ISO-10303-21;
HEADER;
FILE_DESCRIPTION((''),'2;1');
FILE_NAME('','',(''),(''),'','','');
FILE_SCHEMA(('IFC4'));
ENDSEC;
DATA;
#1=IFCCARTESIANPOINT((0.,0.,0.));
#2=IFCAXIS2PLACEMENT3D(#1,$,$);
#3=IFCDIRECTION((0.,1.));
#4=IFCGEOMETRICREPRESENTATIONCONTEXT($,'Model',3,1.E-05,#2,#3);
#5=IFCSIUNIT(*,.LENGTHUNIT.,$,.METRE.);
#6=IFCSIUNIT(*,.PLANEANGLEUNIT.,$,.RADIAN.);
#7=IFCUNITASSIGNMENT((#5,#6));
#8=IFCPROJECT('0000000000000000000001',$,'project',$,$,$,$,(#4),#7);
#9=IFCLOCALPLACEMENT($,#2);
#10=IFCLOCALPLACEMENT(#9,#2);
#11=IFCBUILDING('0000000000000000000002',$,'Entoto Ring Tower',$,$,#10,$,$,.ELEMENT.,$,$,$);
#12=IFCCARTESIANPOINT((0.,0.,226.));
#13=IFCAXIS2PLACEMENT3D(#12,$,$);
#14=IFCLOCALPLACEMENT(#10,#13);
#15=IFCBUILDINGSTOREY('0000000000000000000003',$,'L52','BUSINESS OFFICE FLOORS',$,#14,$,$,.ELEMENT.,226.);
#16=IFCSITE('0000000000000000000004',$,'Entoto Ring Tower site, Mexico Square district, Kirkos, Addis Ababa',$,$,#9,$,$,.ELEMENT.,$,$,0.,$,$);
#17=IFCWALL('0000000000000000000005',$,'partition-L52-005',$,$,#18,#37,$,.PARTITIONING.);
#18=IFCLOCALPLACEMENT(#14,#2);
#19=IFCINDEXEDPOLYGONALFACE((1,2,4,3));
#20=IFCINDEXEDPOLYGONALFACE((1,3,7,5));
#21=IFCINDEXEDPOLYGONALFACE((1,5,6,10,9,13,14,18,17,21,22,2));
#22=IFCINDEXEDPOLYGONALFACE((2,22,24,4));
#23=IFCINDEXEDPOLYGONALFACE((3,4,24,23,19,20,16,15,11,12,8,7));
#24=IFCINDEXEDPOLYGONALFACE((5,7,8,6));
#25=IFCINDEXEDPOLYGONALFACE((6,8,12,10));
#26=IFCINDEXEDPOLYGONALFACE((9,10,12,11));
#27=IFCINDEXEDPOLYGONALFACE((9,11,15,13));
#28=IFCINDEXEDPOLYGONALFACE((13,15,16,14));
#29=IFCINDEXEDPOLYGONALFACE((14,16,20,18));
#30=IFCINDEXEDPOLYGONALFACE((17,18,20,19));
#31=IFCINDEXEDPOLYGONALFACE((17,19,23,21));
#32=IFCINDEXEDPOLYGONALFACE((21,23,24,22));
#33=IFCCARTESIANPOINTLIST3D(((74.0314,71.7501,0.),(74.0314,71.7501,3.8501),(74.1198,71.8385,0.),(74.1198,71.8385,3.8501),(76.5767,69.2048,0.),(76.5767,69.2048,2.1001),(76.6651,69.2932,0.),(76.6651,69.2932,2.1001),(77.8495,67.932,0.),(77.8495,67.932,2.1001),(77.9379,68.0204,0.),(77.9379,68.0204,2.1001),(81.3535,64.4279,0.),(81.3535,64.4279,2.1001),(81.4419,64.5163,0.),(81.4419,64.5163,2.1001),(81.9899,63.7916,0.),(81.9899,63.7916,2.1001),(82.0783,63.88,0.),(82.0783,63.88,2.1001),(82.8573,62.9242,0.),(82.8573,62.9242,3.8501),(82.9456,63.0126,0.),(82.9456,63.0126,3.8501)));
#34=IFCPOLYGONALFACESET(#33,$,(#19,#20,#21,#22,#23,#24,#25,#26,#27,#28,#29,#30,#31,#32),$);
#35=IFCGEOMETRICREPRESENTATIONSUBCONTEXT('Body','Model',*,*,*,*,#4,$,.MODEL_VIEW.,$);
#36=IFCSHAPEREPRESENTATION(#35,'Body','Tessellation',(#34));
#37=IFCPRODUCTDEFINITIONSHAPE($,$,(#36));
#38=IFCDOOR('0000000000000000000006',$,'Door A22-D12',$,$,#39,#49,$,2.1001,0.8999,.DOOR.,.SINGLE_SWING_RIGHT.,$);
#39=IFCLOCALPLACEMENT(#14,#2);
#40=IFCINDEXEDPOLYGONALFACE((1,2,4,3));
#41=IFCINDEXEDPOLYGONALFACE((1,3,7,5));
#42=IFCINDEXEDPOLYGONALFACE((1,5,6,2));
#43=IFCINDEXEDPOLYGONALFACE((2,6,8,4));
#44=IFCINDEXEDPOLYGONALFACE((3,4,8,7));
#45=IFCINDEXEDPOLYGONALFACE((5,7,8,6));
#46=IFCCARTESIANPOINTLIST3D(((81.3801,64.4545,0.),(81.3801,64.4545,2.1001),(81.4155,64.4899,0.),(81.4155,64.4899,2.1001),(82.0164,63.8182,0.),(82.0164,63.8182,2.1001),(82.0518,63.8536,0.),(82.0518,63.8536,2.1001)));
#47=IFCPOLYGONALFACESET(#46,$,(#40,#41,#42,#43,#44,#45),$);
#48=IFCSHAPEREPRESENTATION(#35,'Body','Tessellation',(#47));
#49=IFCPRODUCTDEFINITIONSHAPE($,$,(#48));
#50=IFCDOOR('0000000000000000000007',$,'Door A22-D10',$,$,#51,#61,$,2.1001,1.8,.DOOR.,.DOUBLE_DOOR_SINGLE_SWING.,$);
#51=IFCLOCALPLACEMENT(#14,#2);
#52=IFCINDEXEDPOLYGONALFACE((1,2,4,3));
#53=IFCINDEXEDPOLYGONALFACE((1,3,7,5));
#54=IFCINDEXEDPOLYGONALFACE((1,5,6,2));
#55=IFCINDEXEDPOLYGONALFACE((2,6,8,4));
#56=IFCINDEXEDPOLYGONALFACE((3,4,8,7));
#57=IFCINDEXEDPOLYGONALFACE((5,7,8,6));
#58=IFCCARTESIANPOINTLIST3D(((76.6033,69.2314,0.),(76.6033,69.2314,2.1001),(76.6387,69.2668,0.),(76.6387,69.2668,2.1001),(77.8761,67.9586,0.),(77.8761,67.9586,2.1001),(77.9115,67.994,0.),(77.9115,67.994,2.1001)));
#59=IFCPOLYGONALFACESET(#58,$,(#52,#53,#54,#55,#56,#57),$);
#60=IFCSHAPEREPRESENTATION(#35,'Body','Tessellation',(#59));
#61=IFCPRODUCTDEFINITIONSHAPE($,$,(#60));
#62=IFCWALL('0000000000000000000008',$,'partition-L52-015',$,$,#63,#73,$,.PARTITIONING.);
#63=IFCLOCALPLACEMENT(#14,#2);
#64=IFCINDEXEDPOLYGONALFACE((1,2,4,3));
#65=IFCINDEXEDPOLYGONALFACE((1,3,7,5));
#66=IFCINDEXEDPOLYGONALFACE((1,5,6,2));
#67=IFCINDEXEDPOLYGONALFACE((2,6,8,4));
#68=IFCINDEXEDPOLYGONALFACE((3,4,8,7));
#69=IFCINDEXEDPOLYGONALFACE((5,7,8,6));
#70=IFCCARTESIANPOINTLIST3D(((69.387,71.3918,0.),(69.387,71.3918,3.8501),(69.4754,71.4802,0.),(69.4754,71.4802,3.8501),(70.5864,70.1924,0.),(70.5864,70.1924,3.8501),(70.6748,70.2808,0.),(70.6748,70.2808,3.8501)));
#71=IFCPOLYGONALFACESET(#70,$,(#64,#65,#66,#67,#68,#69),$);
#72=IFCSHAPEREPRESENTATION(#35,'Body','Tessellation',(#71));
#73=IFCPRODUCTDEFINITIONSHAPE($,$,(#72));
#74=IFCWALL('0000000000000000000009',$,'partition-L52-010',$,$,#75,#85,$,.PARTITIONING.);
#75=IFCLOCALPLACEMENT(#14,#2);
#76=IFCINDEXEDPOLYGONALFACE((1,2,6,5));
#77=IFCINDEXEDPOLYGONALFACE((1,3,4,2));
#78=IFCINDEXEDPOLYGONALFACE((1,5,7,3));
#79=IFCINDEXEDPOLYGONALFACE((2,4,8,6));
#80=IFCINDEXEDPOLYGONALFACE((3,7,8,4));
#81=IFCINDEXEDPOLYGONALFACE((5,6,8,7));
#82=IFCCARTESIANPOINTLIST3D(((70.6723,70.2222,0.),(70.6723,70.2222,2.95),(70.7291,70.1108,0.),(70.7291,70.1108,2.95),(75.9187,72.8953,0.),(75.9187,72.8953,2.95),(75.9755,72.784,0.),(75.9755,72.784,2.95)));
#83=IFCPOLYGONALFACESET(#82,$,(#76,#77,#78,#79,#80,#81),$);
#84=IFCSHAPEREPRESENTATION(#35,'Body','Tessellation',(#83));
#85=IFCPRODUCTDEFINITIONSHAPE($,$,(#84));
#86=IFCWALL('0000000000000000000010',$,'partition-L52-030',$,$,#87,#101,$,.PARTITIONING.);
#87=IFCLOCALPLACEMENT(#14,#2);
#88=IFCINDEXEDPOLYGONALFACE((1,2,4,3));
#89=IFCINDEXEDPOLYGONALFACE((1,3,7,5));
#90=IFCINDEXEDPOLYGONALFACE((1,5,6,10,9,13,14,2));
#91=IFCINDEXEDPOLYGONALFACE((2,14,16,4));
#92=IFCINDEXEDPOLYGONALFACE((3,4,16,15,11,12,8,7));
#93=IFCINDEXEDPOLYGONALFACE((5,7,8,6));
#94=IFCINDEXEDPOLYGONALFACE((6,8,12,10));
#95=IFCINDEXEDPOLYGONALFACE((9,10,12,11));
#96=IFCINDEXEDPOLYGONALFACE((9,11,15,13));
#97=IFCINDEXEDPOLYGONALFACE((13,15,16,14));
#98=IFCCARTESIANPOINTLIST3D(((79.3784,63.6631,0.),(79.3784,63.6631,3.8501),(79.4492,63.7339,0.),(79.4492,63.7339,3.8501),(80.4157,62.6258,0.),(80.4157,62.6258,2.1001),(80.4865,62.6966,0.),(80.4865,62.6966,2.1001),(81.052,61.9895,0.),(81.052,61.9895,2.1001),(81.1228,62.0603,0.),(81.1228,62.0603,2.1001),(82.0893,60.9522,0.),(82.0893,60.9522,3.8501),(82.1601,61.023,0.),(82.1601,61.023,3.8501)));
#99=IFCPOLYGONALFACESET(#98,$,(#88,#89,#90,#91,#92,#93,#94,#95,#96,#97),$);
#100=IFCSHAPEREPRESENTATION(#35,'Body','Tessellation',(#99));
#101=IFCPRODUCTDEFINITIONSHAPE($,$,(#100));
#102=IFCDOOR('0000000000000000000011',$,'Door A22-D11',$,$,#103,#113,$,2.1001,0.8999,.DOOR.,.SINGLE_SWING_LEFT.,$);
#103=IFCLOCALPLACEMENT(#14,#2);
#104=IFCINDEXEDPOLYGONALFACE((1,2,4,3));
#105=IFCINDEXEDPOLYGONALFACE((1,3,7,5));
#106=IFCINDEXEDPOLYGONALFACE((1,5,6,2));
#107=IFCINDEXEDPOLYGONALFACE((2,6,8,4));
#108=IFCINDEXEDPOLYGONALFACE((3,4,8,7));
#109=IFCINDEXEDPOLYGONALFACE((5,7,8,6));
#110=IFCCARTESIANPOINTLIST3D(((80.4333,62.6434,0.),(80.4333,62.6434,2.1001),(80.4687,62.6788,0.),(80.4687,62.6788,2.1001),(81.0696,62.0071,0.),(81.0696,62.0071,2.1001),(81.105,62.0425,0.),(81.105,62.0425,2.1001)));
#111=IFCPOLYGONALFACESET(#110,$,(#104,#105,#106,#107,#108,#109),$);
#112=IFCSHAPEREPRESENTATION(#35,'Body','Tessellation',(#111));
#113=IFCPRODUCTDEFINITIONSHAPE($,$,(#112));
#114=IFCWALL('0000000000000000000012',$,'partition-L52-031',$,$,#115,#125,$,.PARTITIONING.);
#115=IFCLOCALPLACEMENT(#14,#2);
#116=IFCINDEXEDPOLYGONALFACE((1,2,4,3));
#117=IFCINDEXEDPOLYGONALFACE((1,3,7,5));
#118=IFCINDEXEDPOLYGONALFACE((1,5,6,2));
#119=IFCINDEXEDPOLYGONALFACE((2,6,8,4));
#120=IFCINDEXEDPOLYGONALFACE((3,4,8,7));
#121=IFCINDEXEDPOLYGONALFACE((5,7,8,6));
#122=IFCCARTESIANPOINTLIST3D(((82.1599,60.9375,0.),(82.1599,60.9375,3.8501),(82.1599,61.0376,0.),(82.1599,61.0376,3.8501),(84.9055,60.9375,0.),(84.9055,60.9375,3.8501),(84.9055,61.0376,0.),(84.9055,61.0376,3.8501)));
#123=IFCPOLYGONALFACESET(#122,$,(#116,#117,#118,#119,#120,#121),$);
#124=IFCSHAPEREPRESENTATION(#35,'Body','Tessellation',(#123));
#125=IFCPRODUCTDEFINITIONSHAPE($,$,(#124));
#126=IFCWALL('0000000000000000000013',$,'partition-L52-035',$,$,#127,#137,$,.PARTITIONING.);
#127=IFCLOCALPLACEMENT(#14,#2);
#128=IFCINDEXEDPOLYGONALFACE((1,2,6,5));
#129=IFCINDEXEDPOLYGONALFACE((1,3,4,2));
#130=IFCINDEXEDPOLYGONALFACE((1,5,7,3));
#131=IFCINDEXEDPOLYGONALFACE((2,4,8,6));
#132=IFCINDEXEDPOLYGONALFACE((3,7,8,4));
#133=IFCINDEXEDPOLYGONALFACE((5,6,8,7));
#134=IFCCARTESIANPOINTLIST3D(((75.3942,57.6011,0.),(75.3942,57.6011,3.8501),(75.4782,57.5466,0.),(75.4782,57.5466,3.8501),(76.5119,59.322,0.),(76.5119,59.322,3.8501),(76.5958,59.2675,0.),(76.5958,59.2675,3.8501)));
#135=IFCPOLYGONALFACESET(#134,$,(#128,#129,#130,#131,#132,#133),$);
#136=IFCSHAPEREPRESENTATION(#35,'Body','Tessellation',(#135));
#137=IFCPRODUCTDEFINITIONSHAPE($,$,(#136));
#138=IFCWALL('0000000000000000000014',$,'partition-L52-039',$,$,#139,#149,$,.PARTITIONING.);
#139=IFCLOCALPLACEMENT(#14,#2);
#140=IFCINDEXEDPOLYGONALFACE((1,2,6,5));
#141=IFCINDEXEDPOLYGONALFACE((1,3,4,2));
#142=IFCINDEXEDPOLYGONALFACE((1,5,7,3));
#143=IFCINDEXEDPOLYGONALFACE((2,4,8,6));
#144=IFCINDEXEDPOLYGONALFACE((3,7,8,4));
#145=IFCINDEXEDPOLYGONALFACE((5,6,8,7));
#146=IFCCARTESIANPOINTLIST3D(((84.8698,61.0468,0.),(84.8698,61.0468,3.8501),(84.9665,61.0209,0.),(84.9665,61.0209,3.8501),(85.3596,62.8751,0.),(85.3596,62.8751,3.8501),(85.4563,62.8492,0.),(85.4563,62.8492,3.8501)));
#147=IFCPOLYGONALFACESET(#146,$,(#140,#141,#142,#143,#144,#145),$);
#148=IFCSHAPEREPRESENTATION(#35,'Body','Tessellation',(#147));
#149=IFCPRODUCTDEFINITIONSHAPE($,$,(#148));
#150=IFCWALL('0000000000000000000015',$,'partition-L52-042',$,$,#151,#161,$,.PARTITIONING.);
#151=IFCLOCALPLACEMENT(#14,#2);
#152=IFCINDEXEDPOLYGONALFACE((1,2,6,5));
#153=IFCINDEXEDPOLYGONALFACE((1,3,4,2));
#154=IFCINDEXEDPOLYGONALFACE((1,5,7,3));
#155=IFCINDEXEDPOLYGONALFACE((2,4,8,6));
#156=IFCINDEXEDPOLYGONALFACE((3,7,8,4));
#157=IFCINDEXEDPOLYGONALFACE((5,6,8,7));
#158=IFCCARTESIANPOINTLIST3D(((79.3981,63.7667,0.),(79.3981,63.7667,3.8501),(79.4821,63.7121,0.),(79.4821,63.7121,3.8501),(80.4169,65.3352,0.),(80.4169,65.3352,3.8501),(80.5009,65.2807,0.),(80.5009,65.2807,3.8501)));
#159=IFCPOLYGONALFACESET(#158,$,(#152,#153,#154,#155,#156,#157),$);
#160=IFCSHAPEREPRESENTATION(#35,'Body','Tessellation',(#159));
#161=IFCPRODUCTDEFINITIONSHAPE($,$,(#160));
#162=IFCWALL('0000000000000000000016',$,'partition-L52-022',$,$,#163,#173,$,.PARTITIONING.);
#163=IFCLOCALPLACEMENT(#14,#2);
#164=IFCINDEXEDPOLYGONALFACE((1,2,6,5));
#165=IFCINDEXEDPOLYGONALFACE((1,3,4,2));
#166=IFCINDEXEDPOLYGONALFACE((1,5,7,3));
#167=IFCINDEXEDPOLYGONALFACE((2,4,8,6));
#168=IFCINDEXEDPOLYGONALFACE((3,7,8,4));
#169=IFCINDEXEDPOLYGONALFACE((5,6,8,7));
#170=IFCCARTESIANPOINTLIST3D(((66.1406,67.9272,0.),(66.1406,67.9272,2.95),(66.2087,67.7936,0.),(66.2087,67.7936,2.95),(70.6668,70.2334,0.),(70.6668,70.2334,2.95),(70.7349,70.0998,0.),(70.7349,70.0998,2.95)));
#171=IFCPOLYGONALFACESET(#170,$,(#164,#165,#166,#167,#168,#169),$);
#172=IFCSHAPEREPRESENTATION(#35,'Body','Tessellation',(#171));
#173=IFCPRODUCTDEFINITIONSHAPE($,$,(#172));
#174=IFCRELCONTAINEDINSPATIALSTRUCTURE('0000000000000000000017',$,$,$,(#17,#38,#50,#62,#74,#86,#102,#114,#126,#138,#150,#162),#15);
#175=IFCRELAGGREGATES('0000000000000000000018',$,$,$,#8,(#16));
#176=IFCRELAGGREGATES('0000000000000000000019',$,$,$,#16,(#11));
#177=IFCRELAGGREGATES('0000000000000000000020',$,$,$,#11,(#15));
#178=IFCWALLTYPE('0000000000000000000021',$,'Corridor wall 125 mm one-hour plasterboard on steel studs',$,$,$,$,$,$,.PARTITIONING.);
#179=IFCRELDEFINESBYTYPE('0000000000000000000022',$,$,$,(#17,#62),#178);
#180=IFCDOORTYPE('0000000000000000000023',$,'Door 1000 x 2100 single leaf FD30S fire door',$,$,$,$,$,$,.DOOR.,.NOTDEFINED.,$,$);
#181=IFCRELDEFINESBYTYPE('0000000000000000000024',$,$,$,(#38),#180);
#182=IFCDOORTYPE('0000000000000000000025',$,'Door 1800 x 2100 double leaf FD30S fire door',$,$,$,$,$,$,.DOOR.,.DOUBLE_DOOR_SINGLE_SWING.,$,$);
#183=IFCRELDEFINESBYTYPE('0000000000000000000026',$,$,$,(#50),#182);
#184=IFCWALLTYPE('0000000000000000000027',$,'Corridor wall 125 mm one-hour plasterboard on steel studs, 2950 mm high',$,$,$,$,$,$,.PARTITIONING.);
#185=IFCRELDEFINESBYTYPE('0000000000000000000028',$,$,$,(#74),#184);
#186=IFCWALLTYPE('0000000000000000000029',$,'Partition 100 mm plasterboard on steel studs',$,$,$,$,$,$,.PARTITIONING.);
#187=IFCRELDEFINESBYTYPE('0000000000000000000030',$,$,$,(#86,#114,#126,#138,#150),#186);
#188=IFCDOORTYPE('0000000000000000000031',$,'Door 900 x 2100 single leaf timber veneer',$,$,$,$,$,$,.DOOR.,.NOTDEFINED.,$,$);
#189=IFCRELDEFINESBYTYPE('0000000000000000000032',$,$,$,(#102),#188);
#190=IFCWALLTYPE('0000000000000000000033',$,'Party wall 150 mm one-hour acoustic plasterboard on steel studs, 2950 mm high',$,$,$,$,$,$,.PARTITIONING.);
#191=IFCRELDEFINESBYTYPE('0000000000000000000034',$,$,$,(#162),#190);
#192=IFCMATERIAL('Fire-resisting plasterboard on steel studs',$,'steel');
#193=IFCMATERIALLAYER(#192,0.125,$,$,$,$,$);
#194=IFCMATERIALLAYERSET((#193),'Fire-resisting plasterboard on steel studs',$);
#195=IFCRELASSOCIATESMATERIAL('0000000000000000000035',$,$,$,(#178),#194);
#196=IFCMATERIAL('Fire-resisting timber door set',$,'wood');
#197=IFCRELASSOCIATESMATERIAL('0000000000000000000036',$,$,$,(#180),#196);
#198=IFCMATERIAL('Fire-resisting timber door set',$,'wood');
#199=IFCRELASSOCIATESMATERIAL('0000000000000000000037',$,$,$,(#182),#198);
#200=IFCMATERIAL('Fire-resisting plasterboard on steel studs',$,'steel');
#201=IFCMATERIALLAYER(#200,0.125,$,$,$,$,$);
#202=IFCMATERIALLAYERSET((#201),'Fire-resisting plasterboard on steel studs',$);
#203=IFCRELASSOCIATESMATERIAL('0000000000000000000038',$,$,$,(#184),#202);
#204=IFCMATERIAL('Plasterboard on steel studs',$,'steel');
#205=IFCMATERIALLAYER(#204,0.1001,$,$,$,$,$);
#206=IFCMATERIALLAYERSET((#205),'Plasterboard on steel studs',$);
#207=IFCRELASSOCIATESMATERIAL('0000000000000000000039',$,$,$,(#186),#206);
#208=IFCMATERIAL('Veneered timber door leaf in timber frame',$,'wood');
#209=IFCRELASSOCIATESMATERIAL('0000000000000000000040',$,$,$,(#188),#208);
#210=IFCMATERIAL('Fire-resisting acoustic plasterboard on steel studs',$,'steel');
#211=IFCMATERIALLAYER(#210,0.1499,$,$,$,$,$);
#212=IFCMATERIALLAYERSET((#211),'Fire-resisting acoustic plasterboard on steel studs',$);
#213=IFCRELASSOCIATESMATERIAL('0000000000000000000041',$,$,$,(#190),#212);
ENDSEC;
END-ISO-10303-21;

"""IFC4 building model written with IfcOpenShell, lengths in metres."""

from ifc_helpers import new_model, si_unit, direction, frame, frame_2d, origin, place, context, subcontext, project, spatial, rectangle, extrude, material, layer, layer_set, type_object, element, fill, save


model = new_model("IFC4")

# Units and contexts
model_context = context("Model", 3, precision=1e-05, world=origin(), true_north=direction((0.0, 1.0)))
body_context = subcontext(model_context, "Body", "Model", "MODEL_VIEW")
ifc_project = project(units=[si_unit("LENGTHUNIT", "METRE"), si_unit("PLANEANGLEUNIT", "RADIAN")], contexts=[model_context])

# Site, building, storey
site_placement = place(None, origin())
site = spatial("IfcSite", under=ifc_project, at=site_placement, Name="Entoto Ring Tower site, Mexico Square district, Kirkos, Addis Ababa", CompositionType="ELEMENT", RefElevation=0.0)
building_placement = place(site_placement, origin())
building = spatial("IfcBuilding", under=site, at=building_placement, Name="Entoto Ring Tower", CompositionType="ELEMENT")
storey_placement = place(building_placement, frame((0.0, 0.0, 226.0)))
storey = spatial("IfcBuildingStorey", under=building, at=storey_placement, Name="L52", Description="BUSINESS OFFICE FLOORS", CompositionType="ELEMENT", Elevation=226.0)

# Shared definitions
ifc_material_1 = material(Name="Fire-resisting plasterboard on steel studs", Category="steel")
ifc_layer_1 = layer(ifc_material_1, 0.125)
ifc_layer_set_1 = layer_set([ifc_layer_1], Name="Fire-resisting plasterboard on steel studs")
wall_type_1 = type_object("IfcWallType", Name="Corridor wall 125 mm one-hour plasterboard on steel studs", PredefinedType="PARTITIONING", material=ifc_layer_set_1)

# Wall, openings, doors
wall_1_placement = place(storey_placement, frame((82.9014, 62.9685, 0.0), z_axis=(0.0, 0.0, 1.0), x_axis=(-0.707107, 0.707107, 0.0)))
wall_1 = element("IfcWall", 1, at=wall_1_placement, inside=storey, type_object=wall_type_1, Name="partition-L52-005", PredefinedType="PARTITIONING", context=body_context, shape_type="SweptSolid", body=[
    extrude(rectangle(XDim=12.4817, YDim=0.125, at=frame_2d((6.2407, 0.0))), origin(), (0.0, 0.0, 1.0), 3.8501),
])
opening_1_placement = place(wall_1_placement, frame((7.082, 0.0, 0.0)))
opening_1 = element("IfcOpeningElement", 2, at=opening_1_placement, cuts=wall_1, PredefinedType="OPENING", context=body_context, shape_type="SweptSolid", body=[
    extrude(rectangle(XDim=1.8, YDim=2.1001, at=frame_2d((0.8999, 1.05))), frame((0.0, 0.0725, 0.0), z_axis=(0.0, -1.0, 0.0), x_axis=(1.0, 0.0, 0.0)), (0.0, 0.0, 1.0), 0.145),
])
opening_2_placement = place(wall_1_placement, frame((1.2266, 0.0, 0.0)))
opening_2 = element("IfcOpeningElement", 3, at=opening_2_placement, cuts=wall_1, PredefinedType="OPENING", context=body_context, shape_type="SweptSolid", body=[
    extrude(rectangle(XDim=0.8999, YDim=2.1001, at=frame_2d((0.45, 1.05))), frame((0.0, 0.0725, 0.0), z_axis=(0.0, -1.0, 0.0), x_axis=(1.0, 0.0, 0.0)), (0.0, 0.0, 1.0), 0.145),
])
ifc_material_2 = material(Name="Fire-resisting timber door set", Category="wood")
door_type_1 = type_object("IfcDoorType", Name="Door 1000 x 2100 single leaf FD30S fire door", OperationType="NOTDEFINED", PredefinedType="DOOR", material=ifc_material_2)
door_1_placement = place(opening_2_placement, origin())
door_1 = element("IfcDoor", 4, at=door_1_placement, inside=storey, type_object=door_type_1, Name="Door A22-D12", OperationType="SINGLE_SWING_RIGHT", OverallHeight=2.1001, OverallWidth=0.8999, PredefinedType="DOOR", context=body_context, shape_type="SweptSolid", body=[
    extrude(rectangle(XDim=0.8999, YDim=2.1001, at=frame_2d((0.45, 1.05))), frame((0.0, 0.0249, 0.0), z_axis=(0.0, -1.0, 0.0), x_axis=(1.0, 0.0, 0.0)), (0.0, 0.0, 1.0), 0.05),
])
fill(opening_2, door_1)
ifc_material_3 = material(Name="Fire-resisting timber door set", Category="wood")
door_type_2 = type_object("IfcDoorType", Name="Door 1800 x 2100 double leaf FD30S fire door", OperationType="DOUBLE_DOOR_SINGLE_SWING", PredefinedType="DOOR", material=ifc_material_3)
door_2_placement = place(opening_1_placement, origin())
door_2 = element("IfcDoor", 5, at=door_2_placement, inside=storey, type_object=door_type_2, Name="Door A22-D10", OperationType="DOUBLE_DOOR_SINGLE_SWING", OverallHeight=2.1001, OverallWidth=1.8, PredefinedType="DOOR", context=body_context, shape_type="SweptSolid", body=[
    extrude(rectangle(XDim=1.8, YDim=2.1001, at=frame_2d((0.8999, 1.05))), frame((0.0, 0.0249, 0.0), z_axis=(0.0, -1.0, 0.0), x_axis=(1.0, 0.0, 0.0)), (0.0, 0.0, 1.0), 0.05),
])
fill(opening_1, door_2)

# Walls
wall_2_placement = place(storey_placement, frame((70.6306, 70.2366, 0.0), z_axis=(0.0, 0.0, 1.0), x_axis=(-0.707107, 0.707107, 0.0)))
element("IfcWall", 6, at=wall_2_placement, inside=storey, type_object=wall_type_1, Name="partition-L52-015", PredefinedType="PARTITIONING", context=body_context, shape_type="SweptSolid", body=[
    extrude(rectangle(XDim=1.6963, YDim=0.125, at=frame_2d((0.8481, 0.0))), origin(), (0.0, 0.0, 1.0), 3.8501),
])
ifc_material_4 = material(Name="Fire-resisting plasterboard on steel studs", Category="steel")
ifc_layer_2 = layer(ifc_material_4, 0.125)
ifc_layer_set_2 = layer_set([ifc_layer_2], Name="Fire-resisting plasterboard on steel studs")
wall_type_2 = type_object("IfcWallType", Name="Corridor wall 125 mm one-hour plasterboard on steel studs, 2950 mm high", PredefinedType="PARTITIONING", material=ifc_layer_set_2)
wall_3_placement = place(storey_placement, frame((70.7007, 70.1665, 0.0), z_axis=(0.0, 0.0, 1.0), x_axis=(0.89101, 0.453984, 0.0)))
element("IfcWall", 7, at=wall_3_placement, inside=storey, type_object=wall_type_2, Name="partition-L52-010", PredefinedType="PARTITIONING", context=body_context, shape_type="SweptSolid", body=[
    extrude(rectangle(XDim=5.8882, YDim=0.125, at=frame_2d((2.9441, 0.0))), origin(), (0.0, 0.0, 1.0), 2.95),
])

# Wall, opening, door
ifc_material_5 = material(Name="Plasterboard on steel studs", Category="steel")
ifc_layer_3 = layer(ifc_material_5, 0.1001)
ifc_layer_set_3 = layer_set([ifc_layer_3], Name="Plasterboard on steel studs")
wall_type_3 = type_object("IfcWallType", Name="Partition 100 mm plasterboard on steel studs", PredefinedType="PARTITIONING", material=ifc_layer_set_3)
wall_4_placement = place(storey_placement, frame((82.1248, 60.9875, 0.0), z_axis=(0.0, 0.0, 1.0), x_axis=(-0.707107, 0.707107, 0.0)))
wall_4 = element("IfcWall", 8, at=wall_4_placement, inside=storey, type_object=wall_type_3, Name="partition-L52-030", PredefinedType="PARTITIONING", context=body_context, shape_type="SweptSolid", body=[
    extrude(rectangle(XDim=3.8337, YDim=0.1001, at=frame_2d((1.917, 0.0))), origin(), (0.0, 0.0, 1.0), 3.8501),
])
opening_3_placement = place(wall_4_placement, frame((1.467, 0.0, 0.0)))
opening_3 = element("IfcOpeningElement", 9, at=opening_3_placement, cuts=wall_4, PredefinedType="OPENING", context=body_context, shape_type="SweptSolid", body=[
    extrude(rectangle(XDim=0.8999, YDim=2.1001, at=frame_2d((0.45, 1.05))), frame((0.0, 0.0601, 0.0), z_axis=(0.0, -1.0, 0.0), x_axis=(1.0, 0.0, 0.0)), (0.0, 0.0, 1.0), 0.1201),
])
ifc_material_6 = material(Name="Veneered timber door leaf in timber frame", Category="wood")
door_type_3 = type_object("IfcDoorType", Name="Door 900 x 2100 single leaf timber veneer", OperationType="NOTDEFINED", PredefinedType="DOOR", material=ifc_material_6)
door_3_placement = place(opening_3_placement, frame((0.8999, 0.0, 0.0), z_axis=(0.0, 0.0, 1.0), x_axis=(-1.0, 0.0, 0.0)))
door_3 = element("IfcDoor", 10, at=door_3_placement, inside=storey, type_object=door_type_3, Name="Door A22-D11", OperationType="SINGLE_SWING_LEFT", OverallHeight=2.1001, OverallWidth=0.8999, PredefinedType="DOOR", context=body_context, shape_type="SweptSolid", body=[
    extrude(rectangle(XDim=0.8999, YDim=2.1001, at=frame_2d((0.45, 1.05))), frame((0.0, 0.0249, 0.0), z_axis=(0.0, -1.0, 0.0), x_axis=(1.0, 0.0, 0.0)), (0.0, 0.0, 1.0), 0.05),
])
fill(opening_3, door_3)

# Walls
wall_5_placement = place(storey_placement, frame((82.1599, 60.9875, 0.0), z_axis=(0.0, 0.0, 1.0), x_axis=(1.0, 0.0, 0.0)))
element("IfcWall", 11, at=wall_5_placement, inside=storey, type_object=wall_type_3, Name="partition-L52-031", PredefinedType="PARTITIONING", context=body_context, shape_type="SweptSolid", body=[
    extrude(rectangle(XDim=2.7456, YDim=0.1001, at=frame_2d((1.3728, 0.0))), origin(), (0.0, 0.0, 1.0), 3.8501),
])
wall_6_placement = place(storey_placement, frame((75.4363, 57.574, 0.0), z_axis=(0.0, 0.0, 1.0), x_axis=(0.544666, 0.838653, 0.0)))
element("IfcWall", 12, at=wall_6_placement, inside=storey, type_object=wall_type_3, Name="partition-L52-035", PredefinedType="PARTITIONING", context=body_context, shape_type="SweptSolid", body=[
    extrude(rectangle(XDim=2.052, YDim=0.1001, at=frame_2d((1.0259, 0.0))), origin(), (0.0, 0.0, 1.0), 3.8501),
])
wall_7_placement = place(storey_placement, frame((84.9182, 61.0339, 0.0), z_axis=(0.0, 0.0, 1.0), x_axis=(0.258738, 0.965947, 0.0)))
element("IfcWall", 13, at=wall_7_placement, inside=storey, type_object=wall_type_3, Name="partition-L52-039", PredefinedType="PARTITIONING", context=body_context, shape_type="SweptSolid", body=[
    extrude(rectangle(XDim=1.8928, YDim=0.1001, at=frame_2d((0.9463, 0.0))), origin(), (0.0, 0.0, 1.0), 3.8501),
])
wall_8_placement = place(storey_placement, frame((79.4402, 63.7395, 0.0), z_axis=(0.0, 0.0, 1.0), x_axis=(0.54469, 0.838637, 0.0)))
element("IfcWall", 14, at=wall_8_placement, inside=storey, type_object=wall_type_3, Name="partition-L52-042", PredefinedType="PARTITIONING", context=body_context, shape_type="SweptSolid", body=[
    extrude(rectangle(XDim=1.8704, YDim=0.1001, at=frame_2d((0.9351, 0.0))), origin(), (0.0, 0.0, 1.0), 3.8501),
])
ifc_material_7 = material(Name="Fire-resisting acoustic plasterboard on steel studs", Category="steel")
ifc_layer_4 = layer(ifc_material_7, 0.1499)
ifc_layer_set_4 = layer_set([ifc_layer_4], Name="Fire-resisting acoustic plasterboard on steel studs")
wall_type_4 = type_object("IfcWallType", Name="Party wall 150 mm one-hour acoustic plasterboard on steel studs, 2950 mm high", PredefinedType="PARTITIONING", material=ifc_layer_set_4)
wall_9_placement = place(storey_placement, frame((66.1746, 67.8604, 0.0), z_axis=(0.0, 0.0, 1.0), x_axis=(0.891008, 0.453987, 0.0)))
element("IfcWall", 15, at=wall_9_placement, inside=storey, type_object=wall_type_4, Name="partition-L52-022", PredefinedType="PARTITIONING", context=body_context, shape_type="SweptSolid", body=[
    extrude(rectangle(XDim=5.0798, YDim=0.1499, at=frame_2d((2.54, 0.0))), origin(), (0.0, 0.0, 1.0), 2.95),
])

save(model, "model.ifc")
